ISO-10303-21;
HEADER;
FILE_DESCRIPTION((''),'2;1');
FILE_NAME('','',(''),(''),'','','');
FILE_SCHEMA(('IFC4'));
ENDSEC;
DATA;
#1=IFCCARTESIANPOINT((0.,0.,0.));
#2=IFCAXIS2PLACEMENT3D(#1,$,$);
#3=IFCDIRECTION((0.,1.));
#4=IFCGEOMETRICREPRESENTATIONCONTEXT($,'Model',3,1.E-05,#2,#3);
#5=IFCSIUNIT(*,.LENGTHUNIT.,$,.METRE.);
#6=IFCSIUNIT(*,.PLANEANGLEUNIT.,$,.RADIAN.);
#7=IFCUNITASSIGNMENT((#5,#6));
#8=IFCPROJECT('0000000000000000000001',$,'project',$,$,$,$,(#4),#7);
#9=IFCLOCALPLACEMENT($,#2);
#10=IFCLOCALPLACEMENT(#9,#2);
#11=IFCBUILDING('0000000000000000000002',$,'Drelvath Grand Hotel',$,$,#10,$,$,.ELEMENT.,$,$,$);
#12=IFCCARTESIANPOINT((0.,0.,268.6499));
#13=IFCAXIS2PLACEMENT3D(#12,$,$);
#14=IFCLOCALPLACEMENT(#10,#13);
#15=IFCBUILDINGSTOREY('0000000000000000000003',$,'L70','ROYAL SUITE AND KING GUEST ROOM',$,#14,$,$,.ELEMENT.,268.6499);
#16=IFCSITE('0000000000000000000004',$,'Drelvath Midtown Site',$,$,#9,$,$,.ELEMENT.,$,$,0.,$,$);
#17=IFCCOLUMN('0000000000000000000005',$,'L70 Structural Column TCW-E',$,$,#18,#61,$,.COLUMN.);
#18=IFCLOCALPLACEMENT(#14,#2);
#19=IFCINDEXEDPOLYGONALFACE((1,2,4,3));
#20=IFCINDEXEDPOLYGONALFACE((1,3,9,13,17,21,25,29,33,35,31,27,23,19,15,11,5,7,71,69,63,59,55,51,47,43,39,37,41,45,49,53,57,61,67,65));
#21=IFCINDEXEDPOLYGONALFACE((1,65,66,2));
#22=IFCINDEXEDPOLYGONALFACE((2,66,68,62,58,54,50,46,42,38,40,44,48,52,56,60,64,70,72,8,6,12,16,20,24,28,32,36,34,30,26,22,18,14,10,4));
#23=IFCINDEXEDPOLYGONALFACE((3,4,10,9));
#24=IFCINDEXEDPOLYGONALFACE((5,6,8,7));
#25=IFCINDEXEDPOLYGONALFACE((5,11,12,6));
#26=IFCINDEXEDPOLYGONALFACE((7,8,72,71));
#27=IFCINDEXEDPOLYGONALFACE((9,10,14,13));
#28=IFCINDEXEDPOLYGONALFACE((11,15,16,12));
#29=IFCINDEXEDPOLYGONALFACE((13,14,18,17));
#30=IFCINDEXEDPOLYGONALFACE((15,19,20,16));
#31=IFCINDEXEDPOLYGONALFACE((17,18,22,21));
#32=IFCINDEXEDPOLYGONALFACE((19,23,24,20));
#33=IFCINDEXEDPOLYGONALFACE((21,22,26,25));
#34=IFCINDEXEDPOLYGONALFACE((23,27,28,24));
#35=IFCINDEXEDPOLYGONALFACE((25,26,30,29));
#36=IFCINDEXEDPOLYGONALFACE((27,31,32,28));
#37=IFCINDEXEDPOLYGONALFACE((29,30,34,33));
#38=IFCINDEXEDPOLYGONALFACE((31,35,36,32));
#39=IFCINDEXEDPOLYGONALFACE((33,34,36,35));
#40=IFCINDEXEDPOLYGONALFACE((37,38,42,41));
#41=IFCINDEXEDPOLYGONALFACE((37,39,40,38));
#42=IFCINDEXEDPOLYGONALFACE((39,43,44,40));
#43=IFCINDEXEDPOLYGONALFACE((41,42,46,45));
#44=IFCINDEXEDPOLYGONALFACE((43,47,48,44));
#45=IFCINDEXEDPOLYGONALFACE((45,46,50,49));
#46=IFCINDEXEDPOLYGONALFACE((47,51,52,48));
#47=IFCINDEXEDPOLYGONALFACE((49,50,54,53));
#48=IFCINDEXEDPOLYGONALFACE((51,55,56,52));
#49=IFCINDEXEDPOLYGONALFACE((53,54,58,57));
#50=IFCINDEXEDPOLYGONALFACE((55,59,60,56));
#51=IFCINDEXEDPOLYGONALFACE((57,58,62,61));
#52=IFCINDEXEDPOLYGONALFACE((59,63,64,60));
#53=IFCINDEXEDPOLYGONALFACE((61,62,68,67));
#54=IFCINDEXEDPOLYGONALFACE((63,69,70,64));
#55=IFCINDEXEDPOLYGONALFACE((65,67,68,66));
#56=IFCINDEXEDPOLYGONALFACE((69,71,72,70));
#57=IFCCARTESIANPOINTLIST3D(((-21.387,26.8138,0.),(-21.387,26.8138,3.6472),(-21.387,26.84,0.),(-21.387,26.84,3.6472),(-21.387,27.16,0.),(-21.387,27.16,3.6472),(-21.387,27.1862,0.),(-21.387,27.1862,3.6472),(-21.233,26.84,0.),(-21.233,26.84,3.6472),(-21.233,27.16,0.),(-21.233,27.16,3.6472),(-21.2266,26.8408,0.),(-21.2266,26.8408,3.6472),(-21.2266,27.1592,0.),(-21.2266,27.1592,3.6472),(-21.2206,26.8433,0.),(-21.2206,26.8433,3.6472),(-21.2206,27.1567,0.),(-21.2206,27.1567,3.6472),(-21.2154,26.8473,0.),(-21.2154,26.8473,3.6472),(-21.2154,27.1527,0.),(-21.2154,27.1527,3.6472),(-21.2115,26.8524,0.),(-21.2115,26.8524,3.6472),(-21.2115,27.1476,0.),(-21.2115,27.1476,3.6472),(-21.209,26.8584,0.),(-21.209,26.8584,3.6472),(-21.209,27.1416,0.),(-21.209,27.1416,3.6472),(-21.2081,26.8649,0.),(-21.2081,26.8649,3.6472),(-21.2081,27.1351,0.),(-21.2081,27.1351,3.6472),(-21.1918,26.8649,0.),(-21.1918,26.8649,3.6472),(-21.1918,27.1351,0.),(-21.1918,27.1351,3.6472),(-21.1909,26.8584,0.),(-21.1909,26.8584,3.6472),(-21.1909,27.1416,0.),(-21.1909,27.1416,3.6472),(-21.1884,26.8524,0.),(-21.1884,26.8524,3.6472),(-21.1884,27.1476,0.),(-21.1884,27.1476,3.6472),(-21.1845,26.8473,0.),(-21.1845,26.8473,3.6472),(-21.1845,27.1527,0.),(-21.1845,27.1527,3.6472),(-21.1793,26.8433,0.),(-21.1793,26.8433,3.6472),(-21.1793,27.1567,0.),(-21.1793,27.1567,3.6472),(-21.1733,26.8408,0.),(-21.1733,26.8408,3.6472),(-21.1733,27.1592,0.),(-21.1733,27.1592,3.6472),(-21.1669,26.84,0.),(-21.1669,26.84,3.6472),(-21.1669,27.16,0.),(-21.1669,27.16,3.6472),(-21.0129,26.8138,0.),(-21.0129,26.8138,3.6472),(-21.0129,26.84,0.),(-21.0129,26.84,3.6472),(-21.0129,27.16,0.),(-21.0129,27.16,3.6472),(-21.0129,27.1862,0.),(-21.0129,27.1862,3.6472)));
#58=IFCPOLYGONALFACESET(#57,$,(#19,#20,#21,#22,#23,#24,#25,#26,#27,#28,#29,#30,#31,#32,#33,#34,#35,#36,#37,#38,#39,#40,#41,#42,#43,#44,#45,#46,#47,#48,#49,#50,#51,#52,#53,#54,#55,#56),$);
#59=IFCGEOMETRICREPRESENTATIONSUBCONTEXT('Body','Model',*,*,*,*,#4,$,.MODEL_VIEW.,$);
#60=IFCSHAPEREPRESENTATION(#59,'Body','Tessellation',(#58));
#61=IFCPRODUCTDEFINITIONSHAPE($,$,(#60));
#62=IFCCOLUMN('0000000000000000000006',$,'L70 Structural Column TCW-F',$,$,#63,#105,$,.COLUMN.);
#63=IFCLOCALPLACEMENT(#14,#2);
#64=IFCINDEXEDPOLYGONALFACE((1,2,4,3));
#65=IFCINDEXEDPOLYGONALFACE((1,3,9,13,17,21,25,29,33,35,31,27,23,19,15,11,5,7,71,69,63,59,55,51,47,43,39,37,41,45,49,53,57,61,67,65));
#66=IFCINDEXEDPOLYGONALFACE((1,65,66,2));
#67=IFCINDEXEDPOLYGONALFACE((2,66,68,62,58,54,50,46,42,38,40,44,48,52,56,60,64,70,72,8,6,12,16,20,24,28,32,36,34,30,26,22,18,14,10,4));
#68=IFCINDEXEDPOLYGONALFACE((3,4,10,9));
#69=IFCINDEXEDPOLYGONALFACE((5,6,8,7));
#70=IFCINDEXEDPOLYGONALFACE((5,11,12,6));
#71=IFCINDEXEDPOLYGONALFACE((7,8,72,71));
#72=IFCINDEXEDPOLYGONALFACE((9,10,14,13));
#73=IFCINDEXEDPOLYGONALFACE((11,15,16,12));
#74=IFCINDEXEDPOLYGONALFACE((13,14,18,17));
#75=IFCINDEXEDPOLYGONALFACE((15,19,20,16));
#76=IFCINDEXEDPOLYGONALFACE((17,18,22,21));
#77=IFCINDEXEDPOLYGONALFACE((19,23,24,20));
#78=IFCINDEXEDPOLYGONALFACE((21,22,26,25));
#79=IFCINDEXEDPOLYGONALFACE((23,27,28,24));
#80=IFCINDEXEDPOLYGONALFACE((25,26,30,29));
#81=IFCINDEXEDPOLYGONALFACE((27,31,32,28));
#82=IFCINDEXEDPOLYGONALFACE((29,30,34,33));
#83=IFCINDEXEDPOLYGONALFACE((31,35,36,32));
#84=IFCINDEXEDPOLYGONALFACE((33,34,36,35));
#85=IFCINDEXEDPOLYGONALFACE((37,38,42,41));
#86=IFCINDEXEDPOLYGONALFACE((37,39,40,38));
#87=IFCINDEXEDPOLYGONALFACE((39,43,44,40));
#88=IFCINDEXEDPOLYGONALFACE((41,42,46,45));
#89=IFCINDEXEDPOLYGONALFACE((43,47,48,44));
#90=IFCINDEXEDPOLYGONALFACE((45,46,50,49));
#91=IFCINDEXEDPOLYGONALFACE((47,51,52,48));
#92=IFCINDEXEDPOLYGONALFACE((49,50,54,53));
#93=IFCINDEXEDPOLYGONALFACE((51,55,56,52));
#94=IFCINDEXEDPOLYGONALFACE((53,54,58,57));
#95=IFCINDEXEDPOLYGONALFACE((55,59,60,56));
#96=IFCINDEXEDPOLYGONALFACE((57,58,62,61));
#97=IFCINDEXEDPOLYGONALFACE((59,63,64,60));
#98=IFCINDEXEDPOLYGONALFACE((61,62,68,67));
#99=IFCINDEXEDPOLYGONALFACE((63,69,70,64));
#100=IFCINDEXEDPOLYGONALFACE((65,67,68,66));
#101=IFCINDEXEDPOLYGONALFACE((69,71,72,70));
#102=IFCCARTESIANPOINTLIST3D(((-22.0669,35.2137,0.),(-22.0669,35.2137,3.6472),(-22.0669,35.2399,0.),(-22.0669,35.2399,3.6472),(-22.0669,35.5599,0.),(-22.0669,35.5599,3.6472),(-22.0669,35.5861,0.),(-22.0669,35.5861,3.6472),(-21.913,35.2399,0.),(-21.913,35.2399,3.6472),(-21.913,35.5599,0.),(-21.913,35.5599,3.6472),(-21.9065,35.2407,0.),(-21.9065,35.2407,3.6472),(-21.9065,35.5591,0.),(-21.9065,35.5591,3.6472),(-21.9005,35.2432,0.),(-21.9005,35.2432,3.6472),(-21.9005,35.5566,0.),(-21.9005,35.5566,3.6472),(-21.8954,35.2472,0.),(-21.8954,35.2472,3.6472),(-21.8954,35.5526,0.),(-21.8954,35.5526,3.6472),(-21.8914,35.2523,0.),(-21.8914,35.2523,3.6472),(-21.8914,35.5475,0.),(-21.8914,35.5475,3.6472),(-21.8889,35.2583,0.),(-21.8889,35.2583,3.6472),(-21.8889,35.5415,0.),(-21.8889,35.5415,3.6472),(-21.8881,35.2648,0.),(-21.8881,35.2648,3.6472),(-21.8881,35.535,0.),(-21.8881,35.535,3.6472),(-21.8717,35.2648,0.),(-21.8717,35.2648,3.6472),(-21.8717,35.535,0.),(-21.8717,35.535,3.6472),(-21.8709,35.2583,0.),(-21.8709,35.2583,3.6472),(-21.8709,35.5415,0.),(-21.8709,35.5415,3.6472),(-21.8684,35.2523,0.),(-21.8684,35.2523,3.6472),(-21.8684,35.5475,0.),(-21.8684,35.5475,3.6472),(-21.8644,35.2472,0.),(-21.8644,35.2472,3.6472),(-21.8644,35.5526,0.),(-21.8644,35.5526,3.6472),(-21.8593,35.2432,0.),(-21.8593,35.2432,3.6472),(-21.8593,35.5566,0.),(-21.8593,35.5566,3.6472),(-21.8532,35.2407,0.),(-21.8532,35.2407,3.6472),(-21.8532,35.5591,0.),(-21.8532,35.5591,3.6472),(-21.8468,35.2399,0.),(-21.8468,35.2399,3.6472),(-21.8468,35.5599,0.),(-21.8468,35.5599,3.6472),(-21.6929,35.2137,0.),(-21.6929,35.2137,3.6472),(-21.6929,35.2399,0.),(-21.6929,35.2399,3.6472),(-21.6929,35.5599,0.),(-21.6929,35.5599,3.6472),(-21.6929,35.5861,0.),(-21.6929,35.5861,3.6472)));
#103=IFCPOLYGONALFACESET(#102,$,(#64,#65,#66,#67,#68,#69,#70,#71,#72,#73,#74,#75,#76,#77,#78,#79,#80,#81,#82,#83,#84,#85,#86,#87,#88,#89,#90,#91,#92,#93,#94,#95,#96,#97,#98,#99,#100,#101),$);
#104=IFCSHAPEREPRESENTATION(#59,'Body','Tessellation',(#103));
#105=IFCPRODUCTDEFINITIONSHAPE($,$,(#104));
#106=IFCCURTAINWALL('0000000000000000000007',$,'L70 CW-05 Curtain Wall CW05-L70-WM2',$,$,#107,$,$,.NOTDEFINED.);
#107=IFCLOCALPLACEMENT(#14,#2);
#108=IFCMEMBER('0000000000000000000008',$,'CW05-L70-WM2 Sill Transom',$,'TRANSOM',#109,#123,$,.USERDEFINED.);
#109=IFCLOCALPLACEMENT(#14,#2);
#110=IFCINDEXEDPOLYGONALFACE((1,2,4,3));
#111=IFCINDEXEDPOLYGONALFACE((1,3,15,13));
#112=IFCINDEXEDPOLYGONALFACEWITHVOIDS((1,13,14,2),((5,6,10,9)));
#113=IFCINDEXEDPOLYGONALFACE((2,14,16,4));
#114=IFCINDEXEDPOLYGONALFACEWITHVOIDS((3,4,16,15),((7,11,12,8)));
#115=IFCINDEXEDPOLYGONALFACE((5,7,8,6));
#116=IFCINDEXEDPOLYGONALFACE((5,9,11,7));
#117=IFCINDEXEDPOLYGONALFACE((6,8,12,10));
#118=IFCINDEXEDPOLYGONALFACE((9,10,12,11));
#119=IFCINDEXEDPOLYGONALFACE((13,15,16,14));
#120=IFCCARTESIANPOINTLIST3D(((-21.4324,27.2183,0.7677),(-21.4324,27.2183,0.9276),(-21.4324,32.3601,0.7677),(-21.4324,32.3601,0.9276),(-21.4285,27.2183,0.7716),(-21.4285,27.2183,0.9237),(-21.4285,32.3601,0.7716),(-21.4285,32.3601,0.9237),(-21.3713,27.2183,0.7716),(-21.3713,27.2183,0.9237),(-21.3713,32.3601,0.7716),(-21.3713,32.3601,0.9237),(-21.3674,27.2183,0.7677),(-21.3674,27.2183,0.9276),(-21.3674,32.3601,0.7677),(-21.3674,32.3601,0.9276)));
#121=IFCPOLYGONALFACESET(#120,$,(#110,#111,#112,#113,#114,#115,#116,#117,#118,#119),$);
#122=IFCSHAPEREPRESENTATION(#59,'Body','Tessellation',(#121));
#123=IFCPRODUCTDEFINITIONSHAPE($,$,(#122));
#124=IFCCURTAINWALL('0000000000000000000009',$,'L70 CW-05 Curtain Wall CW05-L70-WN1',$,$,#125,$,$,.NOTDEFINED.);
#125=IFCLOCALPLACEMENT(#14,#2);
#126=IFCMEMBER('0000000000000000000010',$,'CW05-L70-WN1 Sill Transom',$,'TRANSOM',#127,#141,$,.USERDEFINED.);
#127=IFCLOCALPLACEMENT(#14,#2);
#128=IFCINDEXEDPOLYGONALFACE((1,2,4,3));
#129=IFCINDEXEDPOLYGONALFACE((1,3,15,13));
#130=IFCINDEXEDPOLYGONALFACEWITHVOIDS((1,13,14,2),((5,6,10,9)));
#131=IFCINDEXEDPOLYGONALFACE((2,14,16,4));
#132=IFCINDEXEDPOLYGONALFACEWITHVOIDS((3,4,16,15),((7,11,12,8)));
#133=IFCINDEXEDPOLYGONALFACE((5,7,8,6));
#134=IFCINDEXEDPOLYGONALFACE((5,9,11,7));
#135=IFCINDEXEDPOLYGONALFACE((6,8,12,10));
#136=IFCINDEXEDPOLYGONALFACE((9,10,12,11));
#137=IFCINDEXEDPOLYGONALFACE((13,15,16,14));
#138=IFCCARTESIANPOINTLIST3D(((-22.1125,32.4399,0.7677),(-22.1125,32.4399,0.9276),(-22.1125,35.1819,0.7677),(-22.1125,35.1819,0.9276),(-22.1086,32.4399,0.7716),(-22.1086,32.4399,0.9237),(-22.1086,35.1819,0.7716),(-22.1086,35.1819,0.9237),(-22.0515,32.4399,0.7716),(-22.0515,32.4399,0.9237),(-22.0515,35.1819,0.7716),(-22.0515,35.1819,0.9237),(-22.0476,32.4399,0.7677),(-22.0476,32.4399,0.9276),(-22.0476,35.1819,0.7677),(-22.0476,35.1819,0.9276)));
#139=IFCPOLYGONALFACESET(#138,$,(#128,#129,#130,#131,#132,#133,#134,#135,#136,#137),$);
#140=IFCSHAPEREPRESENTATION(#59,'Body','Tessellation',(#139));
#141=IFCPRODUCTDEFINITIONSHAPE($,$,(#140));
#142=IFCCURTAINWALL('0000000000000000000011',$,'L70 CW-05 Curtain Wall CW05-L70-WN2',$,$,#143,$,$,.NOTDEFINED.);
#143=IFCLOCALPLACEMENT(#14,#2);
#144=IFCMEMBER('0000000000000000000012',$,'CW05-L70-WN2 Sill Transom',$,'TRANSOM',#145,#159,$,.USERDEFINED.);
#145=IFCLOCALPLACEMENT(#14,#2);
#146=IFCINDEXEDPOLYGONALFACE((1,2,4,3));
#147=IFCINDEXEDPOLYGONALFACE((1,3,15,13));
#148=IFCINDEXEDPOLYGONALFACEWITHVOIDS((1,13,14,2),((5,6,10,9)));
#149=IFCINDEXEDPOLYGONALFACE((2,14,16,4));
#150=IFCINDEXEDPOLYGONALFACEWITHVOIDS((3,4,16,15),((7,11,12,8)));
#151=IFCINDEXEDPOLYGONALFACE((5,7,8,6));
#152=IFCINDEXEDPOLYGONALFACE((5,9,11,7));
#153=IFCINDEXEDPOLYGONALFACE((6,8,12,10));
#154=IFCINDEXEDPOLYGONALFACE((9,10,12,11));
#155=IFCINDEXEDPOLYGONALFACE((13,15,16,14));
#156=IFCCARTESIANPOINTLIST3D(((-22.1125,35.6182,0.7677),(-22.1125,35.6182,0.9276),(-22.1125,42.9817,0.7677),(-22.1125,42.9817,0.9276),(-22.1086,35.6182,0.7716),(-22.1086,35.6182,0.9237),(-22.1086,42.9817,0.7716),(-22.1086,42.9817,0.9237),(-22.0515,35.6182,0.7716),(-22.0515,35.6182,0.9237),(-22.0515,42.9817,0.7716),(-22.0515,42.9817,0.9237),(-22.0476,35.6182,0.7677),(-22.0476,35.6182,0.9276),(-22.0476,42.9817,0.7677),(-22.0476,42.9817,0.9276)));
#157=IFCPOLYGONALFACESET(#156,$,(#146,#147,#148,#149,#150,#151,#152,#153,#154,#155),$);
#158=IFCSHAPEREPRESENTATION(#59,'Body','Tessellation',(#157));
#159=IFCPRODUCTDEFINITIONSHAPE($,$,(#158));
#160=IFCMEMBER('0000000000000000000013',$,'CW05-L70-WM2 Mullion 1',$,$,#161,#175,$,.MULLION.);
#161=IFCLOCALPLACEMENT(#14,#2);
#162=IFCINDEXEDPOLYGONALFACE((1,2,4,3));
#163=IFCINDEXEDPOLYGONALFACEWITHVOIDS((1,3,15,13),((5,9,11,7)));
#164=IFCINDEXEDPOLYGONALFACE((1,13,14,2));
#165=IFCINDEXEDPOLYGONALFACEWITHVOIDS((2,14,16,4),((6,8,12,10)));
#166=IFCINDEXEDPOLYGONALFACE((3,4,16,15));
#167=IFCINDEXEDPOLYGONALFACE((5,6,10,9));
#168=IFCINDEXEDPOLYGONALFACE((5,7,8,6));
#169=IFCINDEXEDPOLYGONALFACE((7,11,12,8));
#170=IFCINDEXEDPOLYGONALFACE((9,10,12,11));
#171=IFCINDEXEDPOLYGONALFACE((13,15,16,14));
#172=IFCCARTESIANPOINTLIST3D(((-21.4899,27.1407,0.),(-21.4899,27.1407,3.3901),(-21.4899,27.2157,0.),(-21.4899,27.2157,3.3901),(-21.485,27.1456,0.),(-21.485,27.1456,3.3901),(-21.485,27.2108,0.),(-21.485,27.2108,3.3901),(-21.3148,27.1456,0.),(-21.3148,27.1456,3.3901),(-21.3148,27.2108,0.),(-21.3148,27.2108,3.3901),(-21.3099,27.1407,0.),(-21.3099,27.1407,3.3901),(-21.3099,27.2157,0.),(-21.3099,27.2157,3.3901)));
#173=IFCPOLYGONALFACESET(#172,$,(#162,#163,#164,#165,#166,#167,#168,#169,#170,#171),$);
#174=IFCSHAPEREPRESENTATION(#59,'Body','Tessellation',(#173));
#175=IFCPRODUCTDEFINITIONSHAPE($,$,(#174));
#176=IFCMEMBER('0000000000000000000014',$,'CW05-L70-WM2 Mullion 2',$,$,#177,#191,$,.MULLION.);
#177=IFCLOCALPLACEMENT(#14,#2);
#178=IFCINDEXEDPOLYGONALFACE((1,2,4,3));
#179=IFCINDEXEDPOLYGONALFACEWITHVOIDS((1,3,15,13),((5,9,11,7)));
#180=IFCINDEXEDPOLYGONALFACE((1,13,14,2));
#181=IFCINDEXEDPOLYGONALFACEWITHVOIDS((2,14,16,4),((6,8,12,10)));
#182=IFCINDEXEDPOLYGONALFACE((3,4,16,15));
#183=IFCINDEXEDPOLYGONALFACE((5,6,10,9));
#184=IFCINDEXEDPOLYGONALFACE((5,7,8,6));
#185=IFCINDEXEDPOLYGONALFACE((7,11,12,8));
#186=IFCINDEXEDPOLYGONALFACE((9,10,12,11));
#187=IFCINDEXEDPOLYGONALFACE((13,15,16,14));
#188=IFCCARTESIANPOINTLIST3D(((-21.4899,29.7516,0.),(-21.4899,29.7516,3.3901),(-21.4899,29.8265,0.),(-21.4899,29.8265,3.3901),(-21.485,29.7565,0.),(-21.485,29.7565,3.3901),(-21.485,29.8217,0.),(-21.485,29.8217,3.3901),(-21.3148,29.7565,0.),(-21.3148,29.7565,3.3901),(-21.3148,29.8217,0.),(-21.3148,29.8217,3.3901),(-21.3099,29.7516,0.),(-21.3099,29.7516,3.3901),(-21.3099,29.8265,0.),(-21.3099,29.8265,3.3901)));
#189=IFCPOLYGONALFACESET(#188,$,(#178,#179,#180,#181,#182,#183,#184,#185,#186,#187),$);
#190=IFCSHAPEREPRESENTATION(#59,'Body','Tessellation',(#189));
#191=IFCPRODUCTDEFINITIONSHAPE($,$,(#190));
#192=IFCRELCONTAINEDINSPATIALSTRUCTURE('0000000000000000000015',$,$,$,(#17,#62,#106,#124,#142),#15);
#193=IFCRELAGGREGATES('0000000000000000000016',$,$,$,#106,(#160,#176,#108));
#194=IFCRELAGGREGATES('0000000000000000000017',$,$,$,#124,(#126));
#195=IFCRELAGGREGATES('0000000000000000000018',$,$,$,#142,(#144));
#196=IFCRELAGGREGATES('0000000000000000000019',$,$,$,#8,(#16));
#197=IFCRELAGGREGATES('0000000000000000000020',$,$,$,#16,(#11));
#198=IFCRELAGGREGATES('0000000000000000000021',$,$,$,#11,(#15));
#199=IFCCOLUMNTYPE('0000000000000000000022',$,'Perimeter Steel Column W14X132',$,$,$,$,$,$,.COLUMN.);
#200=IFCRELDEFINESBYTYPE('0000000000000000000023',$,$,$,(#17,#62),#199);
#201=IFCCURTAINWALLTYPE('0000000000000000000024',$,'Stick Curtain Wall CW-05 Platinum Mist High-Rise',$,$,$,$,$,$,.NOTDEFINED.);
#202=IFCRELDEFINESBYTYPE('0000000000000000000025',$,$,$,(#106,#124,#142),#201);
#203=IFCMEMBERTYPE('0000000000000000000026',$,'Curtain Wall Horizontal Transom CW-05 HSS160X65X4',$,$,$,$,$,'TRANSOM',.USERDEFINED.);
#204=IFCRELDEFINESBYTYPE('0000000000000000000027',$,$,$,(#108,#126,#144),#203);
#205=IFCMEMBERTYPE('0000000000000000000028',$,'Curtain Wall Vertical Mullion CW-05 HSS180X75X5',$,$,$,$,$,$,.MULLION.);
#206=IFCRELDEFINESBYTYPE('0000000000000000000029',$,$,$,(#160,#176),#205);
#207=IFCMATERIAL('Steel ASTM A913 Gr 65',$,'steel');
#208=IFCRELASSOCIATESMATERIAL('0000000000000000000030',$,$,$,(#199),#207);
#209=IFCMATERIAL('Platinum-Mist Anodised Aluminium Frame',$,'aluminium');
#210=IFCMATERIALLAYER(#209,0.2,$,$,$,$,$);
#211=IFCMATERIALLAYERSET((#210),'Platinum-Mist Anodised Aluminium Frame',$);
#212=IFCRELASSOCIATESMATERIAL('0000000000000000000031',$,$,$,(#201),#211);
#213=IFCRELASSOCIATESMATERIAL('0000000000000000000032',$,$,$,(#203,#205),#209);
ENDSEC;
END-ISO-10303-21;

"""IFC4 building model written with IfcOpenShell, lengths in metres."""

from ifc_helpers import new_model, si_unit, direction, frame, origin, origin_2d, place, context, subcontext, project, spatial, hollow_rectangle, i_section, extrude, material, layer, layer_set, material_profile, profile_set, type_object, element, aggregate, save


model = new_model("IFC4")

# Units and contexts
model_context = context("Model", 3, precision=1e-05, world=origin(), true_north=direction((0.0, 1.0)))
body_context = subcontext(model_context, "Body", "Model", "MODEL_VIEW")
ifc_project = project(units=[si_unit("LENGTHUNIT", "METRE"), si_unit("PLANEANGLEUNIT", "RADIAN")], contexts=[model_context])

# Site, building, storey
site_placement = place(None, origin())
site = spatial("IfcSite", under=ifc_project, at=site_placement, Name="Drelvath Midtown Site", CompositionType="ELEMENT", RefElevation=0.0)
building_placement = place(site_placement, origin())
building = spatial("IfcBuilding", under=site, at=building_placement, Name="Drelvath Grand Hotel", CompositionType="ELEMENT")
storey_placement = place(building_placement, frame((0.0, 0.0, 268.6499)))
storey = spatial("IfcBuildingStorey", under=building, at=storey_placement, Name="L70", Description="ROYAL SUITE AND KING GUEST ROOM", CompositionType="ELEMENT", Elevation=268.6499)

# Columns
ifc_material_1 = material(Name="Steel ASTM A913 Gr 65", Category="steel")
ifc_material_profile_1 = material_profile(ifc_material_1, i_section(OverallWidth=0.374, OverallDepth=0.3723, WebThickness=0.0164, FlangeThickness=0.0261, FilletRadius=0.0249, at=origin_2d()), Name="W14X132")
ifc_profile_set_1 = profile_set([ifc_material_profile_1], Name="Steel ASTM A913 Gr 65")
column_type = type_object("IfcColumnType", Name="Perimeter Steel Column W14X132", PredefinedType="COLUMN", material=ifc_profile_set_1)
for number, where, z_axis, x_axis, name in (
    (1, (-21.2, 27.0, 0.0), (0.0, 0.0, 1.0), (1.0, 0.0, 0.0), "L70 Structural Column TCW-E"),
    (2, (-21.8799, 35.3999, 0.0), (0.0, 0.0, 1.0), (1.0, 0.0, 0.0), "L70 Structural Column TCW-F"),
):
    element("IfcColumn", number, at=place(storey_placement, frame(where, z_axis=z_axis, x_axis=x_axis)), inside=storey, type_object=column_type, Name=name, PredefinedType="COLUMN", context=body_context, shape_type="SweptSolid", body=[
        extrude(i_section(OverallWidth=0.374, OverallDepth=0.3723, WebThickness=0.0164, FlangeThickness=0.0261, FilletRadius=0.0249, at=origin_2d()), origin(), (0.0, 0.0, 1.0), 3.6472),
    ])

# Curtain walls, members
ifc_material_2 = material(Name="Platinum-Mist Anodised Aluminium Frame", Category="aluminium")
ifc_layer_1 = layer(ifc_material_2, 0.2)
ifc_layer_set_1 = layer_set([ifc_layer_1], Name="Platinum-Mist Anodised Aluminium Frame")
curtain_wall_type = type_object("IfcCurtainWallType", Name="Stick Curtain Wall CW-05 Platinum Mist High-Rise", PredefinedType="NOTDEFINED", material=ifc_layer_set_1)
curtain_wall_1_placement = place(storey_placement, origin())
curtain_wall_1 = element("IfcCurtainWall", 3, at=curtain_wall_1_placement, inside=storey, type_object=curtain_wall_type, Name="L70 CW-05 Curtain Wall CW05-L70-WM2", PredefinedType="NOTDEFINED")
ifc_material_profile_2 = material_profile(ifc_material_2, hollow_rectangle(XDim=0.0649, YDim=0.1599, WallThickness=0.0039, at=origin_2d()), Name="HSS160X65X4")
ifc_profile_set_2 = profile_set([ifc_material_profile_2], Name="Platinum-Mist Anodised Aluminium Frame")
member_type_1 = type_object("IfcMemberType", Name="Curtain Wall Horizontal Transom CW-05 HSS160X65X4", ElementType="TRANSOM", PredefinedType="USERDEFINED", material=ifc_profile_set_2)
member_1_placement = place(storey_placement, frame((-21.3999, 27.2183, 0.8477), z_axis=(0.0, 1.0, 0.0), x_axis=(-1.0, 0.0, 0.0)))
member_1 = element("IfcMember", 4, at=member_1_placement, type_object=member_type_1, Name="CW05-L70-WM2 Sill Transom", ObjectType="TRANSOM", PredefinedType="USERDEFINED", context=body_context, shape_type="SweptSolid", body=[
    extrude(hollow_rectangle(XDim=0.0649, YDim=0.1599, WallThickness=0.0039, at=origin_2d()), origin(), (0.0, 0.0, 1.0), 5.1418),
])
curtain_wall_2_placement = place(storey_placement, origin())
curtain_wall_2 = element("IfcCurtainWall", 5, at=curtain_wall_2_placement, inside=storey, type_object=curtain_wall_type, Name="L70 CW-05 Curtain Wall CW05-L70-WN1", PredefinedType="NOTDEFINED")
member_2_placement = place(storey_placement, frame((-22.0801, 32.4399, 0.8477), z_axis=(0.0, 1.0, 0.0), x_axis=(-1.0, 0.0, 0.0)))
member_2 = element("IfcMember", 6, at=member_2_placement, type_object=member_type_1, Name="CW05-L70-WN1 Sill Transom", ObjectType="TRANSOM", PredefinedType="USERDEFINED", context=body_context, shape_type="SweptSolid", body=[
    extrude(hollow_rectangle(XDim=0.0649, YDim=0.1599, WallThickness=0.0039, at=origin_2d()), origin(), (0.0, 0.0, 1.0), 2.7419),
])
curtain_wall_3_placement = place(storey_placement, origin())
curtain_wall_3 = element("IfcCurtainWall", 7, at=curtain_wall_3_placement, inside=storey, type_object=curtain_wall_type, Name="L70 CW-05 Curtain Wall CW05-L70-WN2", PredefinedType="NOTDEFINED")
member_3_placement = place(storey_placement, frame((-22.0801, 35.6182, 0.8477), z_axis=(0.0, 1.0, 0.0), x_axis=(-1.0, 0.0, 0.0)))
member_3 = element("IfcMember", 8, at=member_3_placement, type_object=member_type_1, Name="CW05-L70-WN2 Sill Transom", ObjectType="TRANSOM", PredefinedType="USERDEFINED", context=body_context, shape_type="SweptSolid", body=[
    extrude(hollow_rectangle(XDim=0.0649, YDim=0.1599, WallThickness=0.0039, at=origin_2d()), origin(), (0.0, 0.0, 1.0), 7.3635),
])

# Members
ifc_material_profile_3 = material_profile(ifc_material_2, hollow_rectangle(XDim=0.075, YDim=0.1799, WallThickness=0.0049, at=origin_2d()), Name="HSS180X75X5")
ifc_profile_set_3 = profile_set([ifc_material_profile_3], Name="Platinum-Mist Anodised Aluminium Frame")
member_type_2 = type_object("IfcMemberType", Name="Curtain Wall Vertical Mullion CW-05 HSS180X75X5", PredefinedType="MULLION", material=ifc_profile_set_3)
member_4_placement = place(storey_placement, frame((-21.3999, 27.1782, 0.0), z_axis=(0.0, 0.0, 1.0), x_axis=(0.0, 1.0, 0.0)))
member_4 = element("IfcMember", 9, at=member_4_placement, type_object=member_type_2, Name="CW05-L70-WM2 Mullion 1", PredefinedType="MULLION", context=body_context, shape_type="SweptSolid", body=[
    extrude(hollow_rectangle(XDim=0.075, YDim=0.1799, WallThickness=0.0049, at=origin_2d()), origin(), (0.0, 0.0, 1.0), 3.3901),
])
member_5_placement = place(storey_placement, frame((-21.3999, 29.7891, 0.0), z_axis=(0.0, 0.0, 1.0), x_axis=(0.0, 1.0, 0.0)))
member_5 = element("IfcMember", 10, at=member_5_placement, type_object=member_type_2, Name="CW05-L70-WM2 Mullion 2", PredefinedType="MULLION", context=body_context, shape_type="SweptSolid", body=[
    extrude(hollow_rectangle(XDim=0.075, YDim=0.1799, WallThickness=0.0049, at=origin_2d()), origin(), (0.0, 0.0, 1.0), 3.3901),
])

aggregate(curtain_wall_1, [member_4, member_5, member_1])
aggregate(curtain_wall_2, [member_2])
aggregate(curtain_wall_3, [member_3])

save(model, "model.ifc")
